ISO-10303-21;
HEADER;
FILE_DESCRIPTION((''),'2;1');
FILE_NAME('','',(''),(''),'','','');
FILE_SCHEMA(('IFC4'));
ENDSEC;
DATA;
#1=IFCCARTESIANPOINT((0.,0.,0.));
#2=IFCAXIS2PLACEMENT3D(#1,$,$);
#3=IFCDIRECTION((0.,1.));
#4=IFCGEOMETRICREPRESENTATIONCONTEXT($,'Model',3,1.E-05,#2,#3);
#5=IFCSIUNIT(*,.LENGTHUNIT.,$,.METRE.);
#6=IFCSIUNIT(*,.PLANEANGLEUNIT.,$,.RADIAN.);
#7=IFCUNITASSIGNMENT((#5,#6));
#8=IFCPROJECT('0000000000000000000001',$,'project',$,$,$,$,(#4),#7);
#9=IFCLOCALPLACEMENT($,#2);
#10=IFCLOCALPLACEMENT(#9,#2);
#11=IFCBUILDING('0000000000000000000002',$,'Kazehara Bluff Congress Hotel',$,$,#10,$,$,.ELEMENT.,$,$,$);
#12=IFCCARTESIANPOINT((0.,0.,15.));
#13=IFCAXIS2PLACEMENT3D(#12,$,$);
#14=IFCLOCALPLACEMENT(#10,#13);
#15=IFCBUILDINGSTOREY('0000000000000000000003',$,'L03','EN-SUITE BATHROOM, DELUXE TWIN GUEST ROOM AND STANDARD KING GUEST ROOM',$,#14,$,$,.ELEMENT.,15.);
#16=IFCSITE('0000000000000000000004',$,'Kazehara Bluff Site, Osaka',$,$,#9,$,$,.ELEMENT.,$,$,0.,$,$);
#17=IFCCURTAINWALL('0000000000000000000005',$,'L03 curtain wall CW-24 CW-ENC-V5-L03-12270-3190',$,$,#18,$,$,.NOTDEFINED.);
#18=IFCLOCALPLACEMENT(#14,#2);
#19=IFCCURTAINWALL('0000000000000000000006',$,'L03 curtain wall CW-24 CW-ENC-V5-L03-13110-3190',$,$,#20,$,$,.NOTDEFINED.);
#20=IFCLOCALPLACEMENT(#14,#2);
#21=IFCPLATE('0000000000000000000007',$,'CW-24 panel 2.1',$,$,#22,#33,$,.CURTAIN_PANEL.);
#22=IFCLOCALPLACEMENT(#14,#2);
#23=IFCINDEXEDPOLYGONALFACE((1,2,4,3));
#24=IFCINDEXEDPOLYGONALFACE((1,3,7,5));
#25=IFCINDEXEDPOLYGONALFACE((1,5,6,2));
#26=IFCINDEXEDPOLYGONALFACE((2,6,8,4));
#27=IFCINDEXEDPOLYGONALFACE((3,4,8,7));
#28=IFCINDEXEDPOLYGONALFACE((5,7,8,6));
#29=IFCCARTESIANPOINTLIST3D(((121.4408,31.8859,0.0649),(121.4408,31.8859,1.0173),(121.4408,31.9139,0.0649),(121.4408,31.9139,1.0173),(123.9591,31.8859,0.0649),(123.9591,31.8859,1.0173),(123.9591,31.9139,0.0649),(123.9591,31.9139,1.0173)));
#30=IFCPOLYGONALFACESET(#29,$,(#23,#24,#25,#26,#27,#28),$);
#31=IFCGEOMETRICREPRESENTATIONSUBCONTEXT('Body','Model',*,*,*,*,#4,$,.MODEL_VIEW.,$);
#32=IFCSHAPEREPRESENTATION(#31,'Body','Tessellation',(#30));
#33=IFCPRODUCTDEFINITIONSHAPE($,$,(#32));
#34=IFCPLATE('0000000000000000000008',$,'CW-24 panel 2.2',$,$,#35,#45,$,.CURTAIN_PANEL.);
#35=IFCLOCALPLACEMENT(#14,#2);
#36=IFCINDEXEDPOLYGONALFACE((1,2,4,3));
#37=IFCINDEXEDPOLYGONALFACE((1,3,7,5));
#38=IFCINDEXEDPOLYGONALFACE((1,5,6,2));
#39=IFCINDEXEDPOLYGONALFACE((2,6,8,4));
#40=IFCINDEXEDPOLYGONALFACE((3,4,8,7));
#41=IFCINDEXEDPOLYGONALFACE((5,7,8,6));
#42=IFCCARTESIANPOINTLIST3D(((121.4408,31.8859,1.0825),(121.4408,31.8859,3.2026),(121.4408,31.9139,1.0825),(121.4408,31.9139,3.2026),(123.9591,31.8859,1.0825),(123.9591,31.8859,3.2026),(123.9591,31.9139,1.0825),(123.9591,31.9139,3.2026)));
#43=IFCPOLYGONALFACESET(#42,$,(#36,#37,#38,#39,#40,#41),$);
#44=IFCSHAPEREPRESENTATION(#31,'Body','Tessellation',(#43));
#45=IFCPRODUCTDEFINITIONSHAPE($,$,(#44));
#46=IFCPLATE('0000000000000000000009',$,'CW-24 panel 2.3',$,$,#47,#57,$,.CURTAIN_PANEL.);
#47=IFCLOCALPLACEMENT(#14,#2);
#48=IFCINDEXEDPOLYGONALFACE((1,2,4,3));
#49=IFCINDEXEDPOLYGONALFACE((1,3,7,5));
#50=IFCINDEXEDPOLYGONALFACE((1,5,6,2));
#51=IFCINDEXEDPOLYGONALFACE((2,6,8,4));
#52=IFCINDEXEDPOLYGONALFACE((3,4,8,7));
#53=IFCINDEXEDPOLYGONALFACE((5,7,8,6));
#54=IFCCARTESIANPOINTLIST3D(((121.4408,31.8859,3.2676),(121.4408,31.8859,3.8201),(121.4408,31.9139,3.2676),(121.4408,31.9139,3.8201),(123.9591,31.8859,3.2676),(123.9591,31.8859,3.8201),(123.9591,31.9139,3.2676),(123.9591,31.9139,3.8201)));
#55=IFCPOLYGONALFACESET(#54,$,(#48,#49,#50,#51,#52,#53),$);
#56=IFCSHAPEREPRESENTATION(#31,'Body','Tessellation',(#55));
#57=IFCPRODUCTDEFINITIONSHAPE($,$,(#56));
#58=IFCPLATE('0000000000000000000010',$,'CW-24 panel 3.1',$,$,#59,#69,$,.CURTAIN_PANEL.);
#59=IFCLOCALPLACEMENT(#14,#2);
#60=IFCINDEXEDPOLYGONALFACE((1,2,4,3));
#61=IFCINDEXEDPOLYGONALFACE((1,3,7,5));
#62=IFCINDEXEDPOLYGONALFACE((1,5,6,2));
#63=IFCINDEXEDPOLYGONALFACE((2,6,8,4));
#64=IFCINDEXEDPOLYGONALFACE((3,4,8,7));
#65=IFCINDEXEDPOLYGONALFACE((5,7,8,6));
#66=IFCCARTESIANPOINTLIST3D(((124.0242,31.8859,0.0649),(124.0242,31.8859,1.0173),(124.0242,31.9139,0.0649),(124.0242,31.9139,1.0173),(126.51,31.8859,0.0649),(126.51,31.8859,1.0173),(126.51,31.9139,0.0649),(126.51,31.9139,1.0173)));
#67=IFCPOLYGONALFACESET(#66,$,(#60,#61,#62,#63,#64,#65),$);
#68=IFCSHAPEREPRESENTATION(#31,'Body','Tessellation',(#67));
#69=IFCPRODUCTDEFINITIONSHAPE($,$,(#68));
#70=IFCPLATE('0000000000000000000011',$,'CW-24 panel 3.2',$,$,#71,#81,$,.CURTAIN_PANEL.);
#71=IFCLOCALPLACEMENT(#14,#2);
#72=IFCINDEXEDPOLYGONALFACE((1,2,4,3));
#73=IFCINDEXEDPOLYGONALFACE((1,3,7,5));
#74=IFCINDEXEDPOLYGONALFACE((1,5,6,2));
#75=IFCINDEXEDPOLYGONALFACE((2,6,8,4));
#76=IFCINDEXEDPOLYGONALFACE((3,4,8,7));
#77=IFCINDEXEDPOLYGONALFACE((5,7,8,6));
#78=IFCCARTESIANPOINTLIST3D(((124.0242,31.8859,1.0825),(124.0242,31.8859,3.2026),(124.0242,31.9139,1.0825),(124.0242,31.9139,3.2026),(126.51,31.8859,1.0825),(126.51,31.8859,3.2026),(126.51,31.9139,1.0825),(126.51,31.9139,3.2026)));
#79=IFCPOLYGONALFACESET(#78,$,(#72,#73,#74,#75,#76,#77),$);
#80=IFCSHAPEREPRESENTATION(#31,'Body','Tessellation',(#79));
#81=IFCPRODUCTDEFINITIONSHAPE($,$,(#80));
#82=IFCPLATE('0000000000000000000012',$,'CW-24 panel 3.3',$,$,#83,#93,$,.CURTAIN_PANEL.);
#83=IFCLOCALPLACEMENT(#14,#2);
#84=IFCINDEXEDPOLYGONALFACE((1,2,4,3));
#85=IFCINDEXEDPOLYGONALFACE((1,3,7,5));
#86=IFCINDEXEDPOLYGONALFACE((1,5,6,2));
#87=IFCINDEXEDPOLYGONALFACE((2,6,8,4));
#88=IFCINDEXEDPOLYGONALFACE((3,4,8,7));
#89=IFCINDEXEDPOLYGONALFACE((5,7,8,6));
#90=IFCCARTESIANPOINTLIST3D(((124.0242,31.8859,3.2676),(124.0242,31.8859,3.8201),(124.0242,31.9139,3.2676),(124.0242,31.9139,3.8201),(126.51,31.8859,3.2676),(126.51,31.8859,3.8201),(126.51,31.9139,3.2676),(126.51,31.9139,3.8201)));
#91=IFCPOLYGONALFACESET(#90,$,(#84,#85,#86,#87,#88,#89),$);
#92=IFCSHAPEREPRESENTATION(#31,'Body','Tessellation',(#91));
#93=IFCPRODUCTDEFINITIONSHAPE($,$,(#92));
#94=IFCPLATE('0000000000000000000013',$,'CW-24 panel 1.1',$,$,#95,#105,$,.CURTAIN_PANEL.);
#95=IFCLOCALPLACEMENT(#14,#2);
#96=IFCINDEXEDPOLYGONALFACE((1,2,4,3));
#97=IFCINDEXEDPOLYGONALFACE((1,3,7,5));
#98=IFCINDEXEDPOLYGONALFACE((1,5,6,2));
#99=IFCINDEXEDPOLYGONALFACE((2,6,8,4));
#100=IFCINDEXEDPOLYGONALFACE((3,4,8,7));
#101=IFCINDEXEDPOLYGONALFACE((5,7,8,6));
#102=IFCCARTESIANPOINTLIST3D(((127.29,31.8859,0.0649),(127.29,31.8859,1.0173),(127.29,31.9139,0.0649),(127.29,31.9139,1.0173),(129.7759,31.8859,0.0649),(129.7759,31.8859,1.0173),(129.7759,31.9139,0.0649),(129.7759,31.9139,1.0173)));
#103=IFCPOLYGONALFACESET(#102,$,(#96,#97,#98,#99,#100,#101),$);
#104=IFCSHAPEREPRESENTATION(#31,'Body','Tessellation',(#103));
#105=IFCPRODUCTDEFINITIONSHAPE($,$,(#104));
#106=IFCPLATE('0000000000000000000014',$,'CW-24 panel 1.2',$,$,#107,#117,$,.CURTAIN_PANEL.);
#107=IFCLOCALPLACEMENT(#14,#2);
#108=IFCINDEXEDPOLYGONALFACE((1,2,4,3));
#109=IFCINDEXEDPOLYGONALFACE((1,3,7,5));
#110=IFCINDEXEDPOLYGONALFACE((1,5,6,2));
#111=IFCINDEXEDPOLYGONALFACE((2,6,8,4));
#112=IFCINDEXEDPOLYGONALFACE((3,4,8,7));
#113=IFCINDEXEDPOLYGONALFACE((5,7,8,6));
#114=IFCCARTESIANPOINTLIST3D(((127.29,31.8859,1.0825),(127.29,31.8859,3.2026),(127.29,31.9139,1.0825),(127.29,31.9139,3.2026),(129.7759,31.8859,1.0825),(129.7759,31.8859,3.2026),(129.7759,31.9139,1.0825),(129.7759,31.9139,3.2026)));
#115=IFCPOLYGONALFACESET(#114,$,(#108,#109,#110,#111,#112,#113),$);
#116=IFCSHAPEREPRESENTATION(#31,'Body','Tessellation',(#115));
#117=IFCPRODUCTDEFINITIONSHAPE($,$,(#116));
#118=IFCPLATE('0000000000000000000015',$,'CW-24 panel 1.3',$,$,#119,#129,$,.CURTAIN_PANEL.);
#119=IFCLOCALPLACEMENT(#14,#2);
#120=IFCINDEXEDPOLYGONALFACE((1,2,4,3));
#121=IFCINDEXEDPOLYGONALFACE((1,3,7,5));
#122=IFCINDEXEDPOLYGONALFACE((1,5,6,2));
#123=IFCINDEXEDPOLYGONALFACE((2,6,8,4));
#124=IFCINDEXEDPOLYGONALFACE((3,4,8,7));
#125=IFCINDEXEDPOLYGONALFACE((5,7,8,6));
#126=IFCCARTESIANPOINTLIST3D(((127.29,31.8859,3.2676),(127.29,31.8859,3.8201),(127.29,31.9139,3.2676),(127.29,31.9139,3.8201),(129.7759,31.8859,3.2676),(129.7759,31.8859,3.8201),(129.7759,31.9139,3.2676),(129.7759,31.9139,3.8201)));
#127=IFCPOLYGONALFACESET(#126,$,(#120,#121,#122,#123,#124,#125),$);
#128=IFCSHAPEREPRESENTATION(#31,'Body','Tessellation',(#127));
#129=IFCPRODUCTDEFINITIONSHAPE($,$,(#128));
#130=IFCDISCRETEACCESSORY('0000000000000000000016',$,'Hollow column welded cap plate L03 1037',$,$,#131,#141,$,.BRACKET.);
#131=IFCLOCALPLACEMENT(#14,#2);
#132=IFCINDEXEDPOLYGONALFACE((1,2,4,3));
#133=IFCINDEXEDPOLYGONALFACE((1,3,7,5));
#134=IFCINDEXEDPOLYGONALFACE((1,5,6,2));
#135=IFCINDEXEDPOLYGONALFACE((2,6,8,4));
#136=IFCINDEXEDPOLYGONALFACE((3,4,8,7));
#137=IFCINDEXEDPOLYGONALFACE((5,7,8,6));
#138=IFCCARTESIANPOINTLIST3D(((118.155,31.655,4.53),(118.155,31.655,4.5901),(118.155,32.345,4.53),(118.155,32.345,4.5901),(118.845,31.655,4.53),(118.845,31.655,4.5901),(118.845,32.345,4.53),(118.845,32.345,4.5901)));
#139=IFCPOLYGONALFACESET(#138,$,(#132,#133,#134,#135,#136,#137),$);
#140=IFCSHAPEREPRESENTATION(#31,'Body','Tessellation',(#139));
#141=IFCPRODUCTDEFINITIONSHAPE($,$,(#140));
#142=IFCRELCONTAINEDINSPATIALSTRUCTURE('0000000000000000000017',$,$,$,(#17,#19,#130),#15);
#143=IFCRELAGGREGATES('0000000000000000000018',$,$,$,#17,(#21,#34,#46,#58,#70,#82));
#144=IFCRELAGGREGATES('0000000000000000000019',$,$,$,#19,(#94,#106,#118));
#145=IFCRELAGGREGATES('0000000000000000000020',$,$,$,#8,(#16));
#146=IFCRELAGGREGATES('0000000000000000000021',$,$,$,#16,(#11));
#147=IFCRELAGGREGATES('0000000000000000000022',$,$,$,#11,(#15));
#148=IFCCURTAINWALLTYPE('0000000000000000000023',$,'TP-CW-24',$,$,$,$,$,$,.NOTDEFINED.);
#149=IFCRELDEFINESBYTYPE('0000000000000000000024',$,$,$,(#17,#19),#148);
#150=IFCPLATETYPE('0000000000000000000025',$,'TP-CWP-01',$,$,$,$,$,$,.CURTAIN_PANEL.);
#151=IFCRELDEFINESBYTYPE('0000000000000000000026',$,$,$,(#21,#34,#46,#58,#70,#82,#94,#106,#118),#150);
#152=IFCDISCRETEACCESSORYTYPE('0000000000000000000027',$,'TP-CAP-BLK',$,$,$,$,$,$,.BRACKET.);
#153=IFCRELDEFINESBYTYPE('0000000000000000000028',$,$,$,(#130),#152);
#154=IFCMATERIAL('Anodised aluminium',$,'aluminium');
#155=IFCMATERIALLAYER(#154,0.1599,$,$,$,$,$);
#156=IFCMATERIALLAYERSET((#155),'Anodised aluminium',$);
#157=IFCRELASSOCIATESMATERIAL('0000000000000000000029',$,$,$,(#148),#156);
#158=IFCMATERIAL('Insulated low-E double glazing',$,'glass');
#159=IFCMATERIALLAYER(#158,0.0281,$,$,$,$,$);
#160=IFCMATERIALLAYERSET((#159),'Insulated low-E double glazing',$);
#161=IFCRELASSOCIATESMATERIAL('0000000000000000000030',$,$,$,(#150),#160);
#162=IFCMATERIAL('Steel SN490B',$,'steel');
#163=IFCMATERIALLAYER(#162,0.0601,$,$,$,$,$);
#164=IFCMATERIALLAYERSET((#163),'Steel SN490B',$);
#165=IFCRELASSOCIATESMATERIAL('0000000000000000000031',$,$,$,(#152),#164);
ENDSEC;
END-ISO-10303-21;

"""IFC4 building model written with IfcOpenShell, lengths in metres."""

from ifc_helpers import new_model, si_unit, direction, frame, origin, origin_2d, place, context, subcontext, project, spatial, rectangle, extrude, material, layer, layer_set, type_object, element, aggregate, save


model = new_model("IFC4")

# Units and contexts
model_context = context("Model", 3, precision=1e-05, world=origin(), true_north=direction((0.0, 1.0)))
body_context = subcontext(model_context, "Body", "Model", "MODEL_VIEW")
ifc_project = project(units=[si_unit("LENGTHUNIT", "METRE"), si_unit("PLANEANGLEUNIT", "RADIAN")], contexts=[model_context])

# Site, building, storey
site_placement = place(None, origin())
site = spatial("IfcSite", under=ifc_project, at=site_placement, Name="Kazehara Bluff Site, Osaka", CompositionType="ELEMENT", RefElevation=0.0)
building_placement = place(site_placement, origin())
building = spatial("IfcBuilding", under=site, at=building_placement, Name="Kazehara Bluff Congress Hotel", CompositionType="ELEMENT")
storey_placement = place(building_placement, frame((0.0, 0.0, 15.0)))
storey = spatial("IfcBuildingStorey", under=building, at=storey_placement, Name="L03", Description="EN-SUITE BATHROOM, DELUXE TWIN GUEST ROOM AND STANDARD KING GUEST ROOM", CompositionType="ELEMENT", Elevation=15.0)

# Curtain walls
ifc_material_1 = material(Name="Anodised aluminium", Category="aluminium")
ifc_layer_1 = layer(ifc_material_1, 0.1599)
ifc_layer_set_1 = layer_set([ifc_layer_1], Name="Anodised aluminium")
curtain_wall_type = type_object("IfcCurtainWallType", Name="TP-CW-24", PredefinedType="NOTDEFINED", material=ifc_layer_set_1)
curtain_wall_1_placement = place(storey_placement, origin())
curtain_wall_1 = element("IfcCurtainWall", 1, at=curtain_wall_1_placement, inside=storey, type_object=curtain_wall_type, Name="L03 curtain wall CW-24 CW-ENC-V5-L03-12270-3190", PredefinedType="NOTDEFINED")
curtain_wall_2_placement = place(storey_placement, origin())
curtain_wall_2 = element("IfcCurtainWall", 2, at=curtain_wall_2_placement, inside=storey, type_object=curtain_wall_type, Name="L03 curtain wall CW-24 CW-ENC-V5-L03-13110-3190", PredefinedType="NOTDEFINED")

# Plates
ifc_material_2 = material(Name="Insulated low-E double glazing", Category="glass")
ifc_layer_2 = layer(ifc_material_2, 0.0281)
ifc_layer_set_2 = layer_set([ifc_layer_2], Name="Insulated low-E double glazing")
plate_type = type_object("IfcPlateType", Name="TP-CWP-01", PredefinedType="CURTAIN_PANEL", material=ifc_layer_set_2)
plate_1_placement = place(storey_placement, frame((122.7, 31.8999, 0.0649), z_axis=(0.0, 0.0, 1.0), x_axis=(1.0, 0.0, 0.0)))
plate_1 = element("IfcPlate", 3, at=plate_1_placement, type_object=plate_type, Name="CW-24 panel 2.1", PredefinedType="CURTAIN_PANEL", context=body_context, shape_type="SweptSolid", body=[
    extrude(rectangle(XDim=2.5183, YDim=0.0281, at=origin_2d()), origin(), (0.0, 0.0, 1.0), 0.9524),
])
plate_2_placement = place(storey_placement, frame((122.7, 31.8999, 1.0825), z_axis=(0.0, 0.0, 1.0), x_axis=(1.0, 0.0, 0.0)))
plate_2 = element("IfcPlate", 4, at=plate_2_placement, type_object=plate_type, Name="CW-24 panel 2.2", PredefinedType="CURTAIN_PANEL", context=body_context, shape_type="SweptSolid", body=[
    extrude(rectangle(XDim=2.5183, YDim=0.0281, at=origin_2d()), origin(), (0.0, 0.0, 1.0), 2.1201),
])
plate_3_placement = place(storey_placement, frame((122.7, 31.8999, 3.2676), z_axis=(0.0, 0.0, 1.0), x_axis=(1.0, 0.0, 0.0)))
plate_3 = element("IfcPlate", 5, at=plate_3_placement, type_object=plate_type, Name="CW-24 panel 2.3", PredefinedType="CURTAIN_PANEL", context=body_context, shape_type="SweptSolid", body=[
    extrude(rectangle(XDim=2.5183, YDim=0.0281, at=origin_2d()), origin(), (0.0, 0.0, 1.0), 0.5525),
])
plate_4_placement = place(storey_placement, frame((125.2671, 31.8999, 0.0649), z_axis=(0.0, 0.0, 1.0), x_axis=(1.0, 0.0, 0.0)))
plate_4 = element("IfcPlate", 6, at=plate_4_placement, type_object=plate_type, Name="CW-24 panel 3.1", PredefinedType="CURTAIN_PANEL", context=body_context, shape_type="SweptSolid", body=[
    extrude(rectangle(XDim=2.4858, YDim=0.0281, at=origin_2d()), origin(), (0.0, 0.0, 1.0), 0.9524),
])
plate_5_placement = place(storey_placement, frame((125.2671, 31.8999, 1.0825), z_axis=(0.0, 0.0, 1.0), x_axis=(1.0, 0.0, 0.0)))
plate_5 = element("IfcPlate", 7, at=plate_5_placement, type_object=plate_type, Name="CW-24 panel 3.2", PredefinedType="CURTAIN_PANEL", context=body_context, shape_type="SweptSolid", body=[
    extrude(rectangle(XDim=2.4858, YDim=0.0281, at=origin_2d()), origin(), (0.0, 0.0, 1.0), 2.1201),
])
plate_6_placement = place(storey_placement, frame((125.2671, 31.8999, 3.2676), z_axis=(0.0, 0.0, 1.0), x_axis=(1.0, 0.0, 0.0)))
plate_6 = element("IfcPlate", 8, at=plate_6_placement, type_object=plate_type, Name="CW-24 panel 3.3", PredefinedType="CURTAIN_PANEL", context=body_context, shape_type="SweptSolid", body=[
    extrude(rectangle(XDim=2.4858, YDim=0.0281, at=origin_2d()), origin(), (0.0, 0.0, 1.0), 0.5525),
])
aggregate(curtain_wall_1, [plate_1, plate_2, plate_3, plate_4, plate_5, plate_6])
plate_7_placement = place(storey_placement, frame((128.533, 31.8999, 0.0649), z_axis=(0.0, 0.0, 1.0), x_axis=(1.0, 0.0, 0.0)))
plate_7 = element("IfcPlate", 9, at=plate_7_placement, type_object=plate_type, Name="CW-24 panel 1.1", PredefinedType="CURTAIN_PANEL", context=body_context, shape_type="SweptSolid", body=[
    extrude(rectangle(XDim=2.4858, YDim=0.0281, at=origin_2d()), origin(), (0.0, 0.0, 1.0), 0.9524),
])
plate_8_placement = place(storey_placement, frame((128.533, 31.8999, 1.0825), z_axis=(0.0, 0.0, 1.0), x_axis=(1.0, 0.0, 0.0)))
plate_8 = element("IfcPlate", 10, at=plate_8_placement, type_object=plate_type, Name="CW-24 panel 1.2", PredefinedType="CURTAIN_PANEL", context=body_context, shape_type="SweptSolid", body=[
    extrude(rectangle(XDim=2.4858, YDim=0.0281, at=origin_2d()), origin(), (0.0, 0.0, 1.0), 2.1201),
])
plate_9_placement = place(storey_placement, frame((128.533, 31.8999, 3.2676), z_axis=(0.0, 0.0, 1.0), x_axis=(1.0, 0.0, 0.0)))
plate_9 = element("IfcPlate", 11, at=plate_9_placement, type_object=plate_type, Name="CW-24 panel 1.3", PredefinedType="CURTAIN_PANEL", context=body_context, shape_type="SweptSolid", body=[
    extrude(rectangle(XDim=2.4858, YDim=0.0281, at=origin_2d()), origin(), (0.0, 0.0, 1.0), 0.5525),
])
aggregate(curtain_wall_2, [plate_7, plate_8, plate_9])

# Discrete accessory
ifc_material_3 = material(Name="Steel SN490B", Category="steel")
ifc_layer_3 = layer(ifc_material_3, 0.0601)
ifc_layer_set_3 = layer_set([ifc_layer_3], Name="Steel SN490B")
discrete_accessory_type = type_object("IfcDiscreteAccessoryType", Name="TP-CAP-BLK", PredefinedType="BRACKET", material=ifc_layer_set_3)
discrete_accessory_placement = place(storey_placement, frame((118.5, 32.0, 4.53), z_axis=(0.0, 0.0, 1.0), x_axis=(1.0, 0.0, 0.0)))
element("IfcDiscreteAccessory", 12, at=discrete_accessory_placement, inside=storey, type_object=discrete_accessory_type, Name="Hollow column welded cap plate L03 1037", PredefinedType="BRACKET", context=body_context, shape_type="SweptSolid", body=[
    extrude(rectangle(XDim=0.6899, YDim=0.6899, at=origin_2d()), origin(), (0.0, 0.0, 1.0), 0.0601),
])

save(model, "model.ifc")
